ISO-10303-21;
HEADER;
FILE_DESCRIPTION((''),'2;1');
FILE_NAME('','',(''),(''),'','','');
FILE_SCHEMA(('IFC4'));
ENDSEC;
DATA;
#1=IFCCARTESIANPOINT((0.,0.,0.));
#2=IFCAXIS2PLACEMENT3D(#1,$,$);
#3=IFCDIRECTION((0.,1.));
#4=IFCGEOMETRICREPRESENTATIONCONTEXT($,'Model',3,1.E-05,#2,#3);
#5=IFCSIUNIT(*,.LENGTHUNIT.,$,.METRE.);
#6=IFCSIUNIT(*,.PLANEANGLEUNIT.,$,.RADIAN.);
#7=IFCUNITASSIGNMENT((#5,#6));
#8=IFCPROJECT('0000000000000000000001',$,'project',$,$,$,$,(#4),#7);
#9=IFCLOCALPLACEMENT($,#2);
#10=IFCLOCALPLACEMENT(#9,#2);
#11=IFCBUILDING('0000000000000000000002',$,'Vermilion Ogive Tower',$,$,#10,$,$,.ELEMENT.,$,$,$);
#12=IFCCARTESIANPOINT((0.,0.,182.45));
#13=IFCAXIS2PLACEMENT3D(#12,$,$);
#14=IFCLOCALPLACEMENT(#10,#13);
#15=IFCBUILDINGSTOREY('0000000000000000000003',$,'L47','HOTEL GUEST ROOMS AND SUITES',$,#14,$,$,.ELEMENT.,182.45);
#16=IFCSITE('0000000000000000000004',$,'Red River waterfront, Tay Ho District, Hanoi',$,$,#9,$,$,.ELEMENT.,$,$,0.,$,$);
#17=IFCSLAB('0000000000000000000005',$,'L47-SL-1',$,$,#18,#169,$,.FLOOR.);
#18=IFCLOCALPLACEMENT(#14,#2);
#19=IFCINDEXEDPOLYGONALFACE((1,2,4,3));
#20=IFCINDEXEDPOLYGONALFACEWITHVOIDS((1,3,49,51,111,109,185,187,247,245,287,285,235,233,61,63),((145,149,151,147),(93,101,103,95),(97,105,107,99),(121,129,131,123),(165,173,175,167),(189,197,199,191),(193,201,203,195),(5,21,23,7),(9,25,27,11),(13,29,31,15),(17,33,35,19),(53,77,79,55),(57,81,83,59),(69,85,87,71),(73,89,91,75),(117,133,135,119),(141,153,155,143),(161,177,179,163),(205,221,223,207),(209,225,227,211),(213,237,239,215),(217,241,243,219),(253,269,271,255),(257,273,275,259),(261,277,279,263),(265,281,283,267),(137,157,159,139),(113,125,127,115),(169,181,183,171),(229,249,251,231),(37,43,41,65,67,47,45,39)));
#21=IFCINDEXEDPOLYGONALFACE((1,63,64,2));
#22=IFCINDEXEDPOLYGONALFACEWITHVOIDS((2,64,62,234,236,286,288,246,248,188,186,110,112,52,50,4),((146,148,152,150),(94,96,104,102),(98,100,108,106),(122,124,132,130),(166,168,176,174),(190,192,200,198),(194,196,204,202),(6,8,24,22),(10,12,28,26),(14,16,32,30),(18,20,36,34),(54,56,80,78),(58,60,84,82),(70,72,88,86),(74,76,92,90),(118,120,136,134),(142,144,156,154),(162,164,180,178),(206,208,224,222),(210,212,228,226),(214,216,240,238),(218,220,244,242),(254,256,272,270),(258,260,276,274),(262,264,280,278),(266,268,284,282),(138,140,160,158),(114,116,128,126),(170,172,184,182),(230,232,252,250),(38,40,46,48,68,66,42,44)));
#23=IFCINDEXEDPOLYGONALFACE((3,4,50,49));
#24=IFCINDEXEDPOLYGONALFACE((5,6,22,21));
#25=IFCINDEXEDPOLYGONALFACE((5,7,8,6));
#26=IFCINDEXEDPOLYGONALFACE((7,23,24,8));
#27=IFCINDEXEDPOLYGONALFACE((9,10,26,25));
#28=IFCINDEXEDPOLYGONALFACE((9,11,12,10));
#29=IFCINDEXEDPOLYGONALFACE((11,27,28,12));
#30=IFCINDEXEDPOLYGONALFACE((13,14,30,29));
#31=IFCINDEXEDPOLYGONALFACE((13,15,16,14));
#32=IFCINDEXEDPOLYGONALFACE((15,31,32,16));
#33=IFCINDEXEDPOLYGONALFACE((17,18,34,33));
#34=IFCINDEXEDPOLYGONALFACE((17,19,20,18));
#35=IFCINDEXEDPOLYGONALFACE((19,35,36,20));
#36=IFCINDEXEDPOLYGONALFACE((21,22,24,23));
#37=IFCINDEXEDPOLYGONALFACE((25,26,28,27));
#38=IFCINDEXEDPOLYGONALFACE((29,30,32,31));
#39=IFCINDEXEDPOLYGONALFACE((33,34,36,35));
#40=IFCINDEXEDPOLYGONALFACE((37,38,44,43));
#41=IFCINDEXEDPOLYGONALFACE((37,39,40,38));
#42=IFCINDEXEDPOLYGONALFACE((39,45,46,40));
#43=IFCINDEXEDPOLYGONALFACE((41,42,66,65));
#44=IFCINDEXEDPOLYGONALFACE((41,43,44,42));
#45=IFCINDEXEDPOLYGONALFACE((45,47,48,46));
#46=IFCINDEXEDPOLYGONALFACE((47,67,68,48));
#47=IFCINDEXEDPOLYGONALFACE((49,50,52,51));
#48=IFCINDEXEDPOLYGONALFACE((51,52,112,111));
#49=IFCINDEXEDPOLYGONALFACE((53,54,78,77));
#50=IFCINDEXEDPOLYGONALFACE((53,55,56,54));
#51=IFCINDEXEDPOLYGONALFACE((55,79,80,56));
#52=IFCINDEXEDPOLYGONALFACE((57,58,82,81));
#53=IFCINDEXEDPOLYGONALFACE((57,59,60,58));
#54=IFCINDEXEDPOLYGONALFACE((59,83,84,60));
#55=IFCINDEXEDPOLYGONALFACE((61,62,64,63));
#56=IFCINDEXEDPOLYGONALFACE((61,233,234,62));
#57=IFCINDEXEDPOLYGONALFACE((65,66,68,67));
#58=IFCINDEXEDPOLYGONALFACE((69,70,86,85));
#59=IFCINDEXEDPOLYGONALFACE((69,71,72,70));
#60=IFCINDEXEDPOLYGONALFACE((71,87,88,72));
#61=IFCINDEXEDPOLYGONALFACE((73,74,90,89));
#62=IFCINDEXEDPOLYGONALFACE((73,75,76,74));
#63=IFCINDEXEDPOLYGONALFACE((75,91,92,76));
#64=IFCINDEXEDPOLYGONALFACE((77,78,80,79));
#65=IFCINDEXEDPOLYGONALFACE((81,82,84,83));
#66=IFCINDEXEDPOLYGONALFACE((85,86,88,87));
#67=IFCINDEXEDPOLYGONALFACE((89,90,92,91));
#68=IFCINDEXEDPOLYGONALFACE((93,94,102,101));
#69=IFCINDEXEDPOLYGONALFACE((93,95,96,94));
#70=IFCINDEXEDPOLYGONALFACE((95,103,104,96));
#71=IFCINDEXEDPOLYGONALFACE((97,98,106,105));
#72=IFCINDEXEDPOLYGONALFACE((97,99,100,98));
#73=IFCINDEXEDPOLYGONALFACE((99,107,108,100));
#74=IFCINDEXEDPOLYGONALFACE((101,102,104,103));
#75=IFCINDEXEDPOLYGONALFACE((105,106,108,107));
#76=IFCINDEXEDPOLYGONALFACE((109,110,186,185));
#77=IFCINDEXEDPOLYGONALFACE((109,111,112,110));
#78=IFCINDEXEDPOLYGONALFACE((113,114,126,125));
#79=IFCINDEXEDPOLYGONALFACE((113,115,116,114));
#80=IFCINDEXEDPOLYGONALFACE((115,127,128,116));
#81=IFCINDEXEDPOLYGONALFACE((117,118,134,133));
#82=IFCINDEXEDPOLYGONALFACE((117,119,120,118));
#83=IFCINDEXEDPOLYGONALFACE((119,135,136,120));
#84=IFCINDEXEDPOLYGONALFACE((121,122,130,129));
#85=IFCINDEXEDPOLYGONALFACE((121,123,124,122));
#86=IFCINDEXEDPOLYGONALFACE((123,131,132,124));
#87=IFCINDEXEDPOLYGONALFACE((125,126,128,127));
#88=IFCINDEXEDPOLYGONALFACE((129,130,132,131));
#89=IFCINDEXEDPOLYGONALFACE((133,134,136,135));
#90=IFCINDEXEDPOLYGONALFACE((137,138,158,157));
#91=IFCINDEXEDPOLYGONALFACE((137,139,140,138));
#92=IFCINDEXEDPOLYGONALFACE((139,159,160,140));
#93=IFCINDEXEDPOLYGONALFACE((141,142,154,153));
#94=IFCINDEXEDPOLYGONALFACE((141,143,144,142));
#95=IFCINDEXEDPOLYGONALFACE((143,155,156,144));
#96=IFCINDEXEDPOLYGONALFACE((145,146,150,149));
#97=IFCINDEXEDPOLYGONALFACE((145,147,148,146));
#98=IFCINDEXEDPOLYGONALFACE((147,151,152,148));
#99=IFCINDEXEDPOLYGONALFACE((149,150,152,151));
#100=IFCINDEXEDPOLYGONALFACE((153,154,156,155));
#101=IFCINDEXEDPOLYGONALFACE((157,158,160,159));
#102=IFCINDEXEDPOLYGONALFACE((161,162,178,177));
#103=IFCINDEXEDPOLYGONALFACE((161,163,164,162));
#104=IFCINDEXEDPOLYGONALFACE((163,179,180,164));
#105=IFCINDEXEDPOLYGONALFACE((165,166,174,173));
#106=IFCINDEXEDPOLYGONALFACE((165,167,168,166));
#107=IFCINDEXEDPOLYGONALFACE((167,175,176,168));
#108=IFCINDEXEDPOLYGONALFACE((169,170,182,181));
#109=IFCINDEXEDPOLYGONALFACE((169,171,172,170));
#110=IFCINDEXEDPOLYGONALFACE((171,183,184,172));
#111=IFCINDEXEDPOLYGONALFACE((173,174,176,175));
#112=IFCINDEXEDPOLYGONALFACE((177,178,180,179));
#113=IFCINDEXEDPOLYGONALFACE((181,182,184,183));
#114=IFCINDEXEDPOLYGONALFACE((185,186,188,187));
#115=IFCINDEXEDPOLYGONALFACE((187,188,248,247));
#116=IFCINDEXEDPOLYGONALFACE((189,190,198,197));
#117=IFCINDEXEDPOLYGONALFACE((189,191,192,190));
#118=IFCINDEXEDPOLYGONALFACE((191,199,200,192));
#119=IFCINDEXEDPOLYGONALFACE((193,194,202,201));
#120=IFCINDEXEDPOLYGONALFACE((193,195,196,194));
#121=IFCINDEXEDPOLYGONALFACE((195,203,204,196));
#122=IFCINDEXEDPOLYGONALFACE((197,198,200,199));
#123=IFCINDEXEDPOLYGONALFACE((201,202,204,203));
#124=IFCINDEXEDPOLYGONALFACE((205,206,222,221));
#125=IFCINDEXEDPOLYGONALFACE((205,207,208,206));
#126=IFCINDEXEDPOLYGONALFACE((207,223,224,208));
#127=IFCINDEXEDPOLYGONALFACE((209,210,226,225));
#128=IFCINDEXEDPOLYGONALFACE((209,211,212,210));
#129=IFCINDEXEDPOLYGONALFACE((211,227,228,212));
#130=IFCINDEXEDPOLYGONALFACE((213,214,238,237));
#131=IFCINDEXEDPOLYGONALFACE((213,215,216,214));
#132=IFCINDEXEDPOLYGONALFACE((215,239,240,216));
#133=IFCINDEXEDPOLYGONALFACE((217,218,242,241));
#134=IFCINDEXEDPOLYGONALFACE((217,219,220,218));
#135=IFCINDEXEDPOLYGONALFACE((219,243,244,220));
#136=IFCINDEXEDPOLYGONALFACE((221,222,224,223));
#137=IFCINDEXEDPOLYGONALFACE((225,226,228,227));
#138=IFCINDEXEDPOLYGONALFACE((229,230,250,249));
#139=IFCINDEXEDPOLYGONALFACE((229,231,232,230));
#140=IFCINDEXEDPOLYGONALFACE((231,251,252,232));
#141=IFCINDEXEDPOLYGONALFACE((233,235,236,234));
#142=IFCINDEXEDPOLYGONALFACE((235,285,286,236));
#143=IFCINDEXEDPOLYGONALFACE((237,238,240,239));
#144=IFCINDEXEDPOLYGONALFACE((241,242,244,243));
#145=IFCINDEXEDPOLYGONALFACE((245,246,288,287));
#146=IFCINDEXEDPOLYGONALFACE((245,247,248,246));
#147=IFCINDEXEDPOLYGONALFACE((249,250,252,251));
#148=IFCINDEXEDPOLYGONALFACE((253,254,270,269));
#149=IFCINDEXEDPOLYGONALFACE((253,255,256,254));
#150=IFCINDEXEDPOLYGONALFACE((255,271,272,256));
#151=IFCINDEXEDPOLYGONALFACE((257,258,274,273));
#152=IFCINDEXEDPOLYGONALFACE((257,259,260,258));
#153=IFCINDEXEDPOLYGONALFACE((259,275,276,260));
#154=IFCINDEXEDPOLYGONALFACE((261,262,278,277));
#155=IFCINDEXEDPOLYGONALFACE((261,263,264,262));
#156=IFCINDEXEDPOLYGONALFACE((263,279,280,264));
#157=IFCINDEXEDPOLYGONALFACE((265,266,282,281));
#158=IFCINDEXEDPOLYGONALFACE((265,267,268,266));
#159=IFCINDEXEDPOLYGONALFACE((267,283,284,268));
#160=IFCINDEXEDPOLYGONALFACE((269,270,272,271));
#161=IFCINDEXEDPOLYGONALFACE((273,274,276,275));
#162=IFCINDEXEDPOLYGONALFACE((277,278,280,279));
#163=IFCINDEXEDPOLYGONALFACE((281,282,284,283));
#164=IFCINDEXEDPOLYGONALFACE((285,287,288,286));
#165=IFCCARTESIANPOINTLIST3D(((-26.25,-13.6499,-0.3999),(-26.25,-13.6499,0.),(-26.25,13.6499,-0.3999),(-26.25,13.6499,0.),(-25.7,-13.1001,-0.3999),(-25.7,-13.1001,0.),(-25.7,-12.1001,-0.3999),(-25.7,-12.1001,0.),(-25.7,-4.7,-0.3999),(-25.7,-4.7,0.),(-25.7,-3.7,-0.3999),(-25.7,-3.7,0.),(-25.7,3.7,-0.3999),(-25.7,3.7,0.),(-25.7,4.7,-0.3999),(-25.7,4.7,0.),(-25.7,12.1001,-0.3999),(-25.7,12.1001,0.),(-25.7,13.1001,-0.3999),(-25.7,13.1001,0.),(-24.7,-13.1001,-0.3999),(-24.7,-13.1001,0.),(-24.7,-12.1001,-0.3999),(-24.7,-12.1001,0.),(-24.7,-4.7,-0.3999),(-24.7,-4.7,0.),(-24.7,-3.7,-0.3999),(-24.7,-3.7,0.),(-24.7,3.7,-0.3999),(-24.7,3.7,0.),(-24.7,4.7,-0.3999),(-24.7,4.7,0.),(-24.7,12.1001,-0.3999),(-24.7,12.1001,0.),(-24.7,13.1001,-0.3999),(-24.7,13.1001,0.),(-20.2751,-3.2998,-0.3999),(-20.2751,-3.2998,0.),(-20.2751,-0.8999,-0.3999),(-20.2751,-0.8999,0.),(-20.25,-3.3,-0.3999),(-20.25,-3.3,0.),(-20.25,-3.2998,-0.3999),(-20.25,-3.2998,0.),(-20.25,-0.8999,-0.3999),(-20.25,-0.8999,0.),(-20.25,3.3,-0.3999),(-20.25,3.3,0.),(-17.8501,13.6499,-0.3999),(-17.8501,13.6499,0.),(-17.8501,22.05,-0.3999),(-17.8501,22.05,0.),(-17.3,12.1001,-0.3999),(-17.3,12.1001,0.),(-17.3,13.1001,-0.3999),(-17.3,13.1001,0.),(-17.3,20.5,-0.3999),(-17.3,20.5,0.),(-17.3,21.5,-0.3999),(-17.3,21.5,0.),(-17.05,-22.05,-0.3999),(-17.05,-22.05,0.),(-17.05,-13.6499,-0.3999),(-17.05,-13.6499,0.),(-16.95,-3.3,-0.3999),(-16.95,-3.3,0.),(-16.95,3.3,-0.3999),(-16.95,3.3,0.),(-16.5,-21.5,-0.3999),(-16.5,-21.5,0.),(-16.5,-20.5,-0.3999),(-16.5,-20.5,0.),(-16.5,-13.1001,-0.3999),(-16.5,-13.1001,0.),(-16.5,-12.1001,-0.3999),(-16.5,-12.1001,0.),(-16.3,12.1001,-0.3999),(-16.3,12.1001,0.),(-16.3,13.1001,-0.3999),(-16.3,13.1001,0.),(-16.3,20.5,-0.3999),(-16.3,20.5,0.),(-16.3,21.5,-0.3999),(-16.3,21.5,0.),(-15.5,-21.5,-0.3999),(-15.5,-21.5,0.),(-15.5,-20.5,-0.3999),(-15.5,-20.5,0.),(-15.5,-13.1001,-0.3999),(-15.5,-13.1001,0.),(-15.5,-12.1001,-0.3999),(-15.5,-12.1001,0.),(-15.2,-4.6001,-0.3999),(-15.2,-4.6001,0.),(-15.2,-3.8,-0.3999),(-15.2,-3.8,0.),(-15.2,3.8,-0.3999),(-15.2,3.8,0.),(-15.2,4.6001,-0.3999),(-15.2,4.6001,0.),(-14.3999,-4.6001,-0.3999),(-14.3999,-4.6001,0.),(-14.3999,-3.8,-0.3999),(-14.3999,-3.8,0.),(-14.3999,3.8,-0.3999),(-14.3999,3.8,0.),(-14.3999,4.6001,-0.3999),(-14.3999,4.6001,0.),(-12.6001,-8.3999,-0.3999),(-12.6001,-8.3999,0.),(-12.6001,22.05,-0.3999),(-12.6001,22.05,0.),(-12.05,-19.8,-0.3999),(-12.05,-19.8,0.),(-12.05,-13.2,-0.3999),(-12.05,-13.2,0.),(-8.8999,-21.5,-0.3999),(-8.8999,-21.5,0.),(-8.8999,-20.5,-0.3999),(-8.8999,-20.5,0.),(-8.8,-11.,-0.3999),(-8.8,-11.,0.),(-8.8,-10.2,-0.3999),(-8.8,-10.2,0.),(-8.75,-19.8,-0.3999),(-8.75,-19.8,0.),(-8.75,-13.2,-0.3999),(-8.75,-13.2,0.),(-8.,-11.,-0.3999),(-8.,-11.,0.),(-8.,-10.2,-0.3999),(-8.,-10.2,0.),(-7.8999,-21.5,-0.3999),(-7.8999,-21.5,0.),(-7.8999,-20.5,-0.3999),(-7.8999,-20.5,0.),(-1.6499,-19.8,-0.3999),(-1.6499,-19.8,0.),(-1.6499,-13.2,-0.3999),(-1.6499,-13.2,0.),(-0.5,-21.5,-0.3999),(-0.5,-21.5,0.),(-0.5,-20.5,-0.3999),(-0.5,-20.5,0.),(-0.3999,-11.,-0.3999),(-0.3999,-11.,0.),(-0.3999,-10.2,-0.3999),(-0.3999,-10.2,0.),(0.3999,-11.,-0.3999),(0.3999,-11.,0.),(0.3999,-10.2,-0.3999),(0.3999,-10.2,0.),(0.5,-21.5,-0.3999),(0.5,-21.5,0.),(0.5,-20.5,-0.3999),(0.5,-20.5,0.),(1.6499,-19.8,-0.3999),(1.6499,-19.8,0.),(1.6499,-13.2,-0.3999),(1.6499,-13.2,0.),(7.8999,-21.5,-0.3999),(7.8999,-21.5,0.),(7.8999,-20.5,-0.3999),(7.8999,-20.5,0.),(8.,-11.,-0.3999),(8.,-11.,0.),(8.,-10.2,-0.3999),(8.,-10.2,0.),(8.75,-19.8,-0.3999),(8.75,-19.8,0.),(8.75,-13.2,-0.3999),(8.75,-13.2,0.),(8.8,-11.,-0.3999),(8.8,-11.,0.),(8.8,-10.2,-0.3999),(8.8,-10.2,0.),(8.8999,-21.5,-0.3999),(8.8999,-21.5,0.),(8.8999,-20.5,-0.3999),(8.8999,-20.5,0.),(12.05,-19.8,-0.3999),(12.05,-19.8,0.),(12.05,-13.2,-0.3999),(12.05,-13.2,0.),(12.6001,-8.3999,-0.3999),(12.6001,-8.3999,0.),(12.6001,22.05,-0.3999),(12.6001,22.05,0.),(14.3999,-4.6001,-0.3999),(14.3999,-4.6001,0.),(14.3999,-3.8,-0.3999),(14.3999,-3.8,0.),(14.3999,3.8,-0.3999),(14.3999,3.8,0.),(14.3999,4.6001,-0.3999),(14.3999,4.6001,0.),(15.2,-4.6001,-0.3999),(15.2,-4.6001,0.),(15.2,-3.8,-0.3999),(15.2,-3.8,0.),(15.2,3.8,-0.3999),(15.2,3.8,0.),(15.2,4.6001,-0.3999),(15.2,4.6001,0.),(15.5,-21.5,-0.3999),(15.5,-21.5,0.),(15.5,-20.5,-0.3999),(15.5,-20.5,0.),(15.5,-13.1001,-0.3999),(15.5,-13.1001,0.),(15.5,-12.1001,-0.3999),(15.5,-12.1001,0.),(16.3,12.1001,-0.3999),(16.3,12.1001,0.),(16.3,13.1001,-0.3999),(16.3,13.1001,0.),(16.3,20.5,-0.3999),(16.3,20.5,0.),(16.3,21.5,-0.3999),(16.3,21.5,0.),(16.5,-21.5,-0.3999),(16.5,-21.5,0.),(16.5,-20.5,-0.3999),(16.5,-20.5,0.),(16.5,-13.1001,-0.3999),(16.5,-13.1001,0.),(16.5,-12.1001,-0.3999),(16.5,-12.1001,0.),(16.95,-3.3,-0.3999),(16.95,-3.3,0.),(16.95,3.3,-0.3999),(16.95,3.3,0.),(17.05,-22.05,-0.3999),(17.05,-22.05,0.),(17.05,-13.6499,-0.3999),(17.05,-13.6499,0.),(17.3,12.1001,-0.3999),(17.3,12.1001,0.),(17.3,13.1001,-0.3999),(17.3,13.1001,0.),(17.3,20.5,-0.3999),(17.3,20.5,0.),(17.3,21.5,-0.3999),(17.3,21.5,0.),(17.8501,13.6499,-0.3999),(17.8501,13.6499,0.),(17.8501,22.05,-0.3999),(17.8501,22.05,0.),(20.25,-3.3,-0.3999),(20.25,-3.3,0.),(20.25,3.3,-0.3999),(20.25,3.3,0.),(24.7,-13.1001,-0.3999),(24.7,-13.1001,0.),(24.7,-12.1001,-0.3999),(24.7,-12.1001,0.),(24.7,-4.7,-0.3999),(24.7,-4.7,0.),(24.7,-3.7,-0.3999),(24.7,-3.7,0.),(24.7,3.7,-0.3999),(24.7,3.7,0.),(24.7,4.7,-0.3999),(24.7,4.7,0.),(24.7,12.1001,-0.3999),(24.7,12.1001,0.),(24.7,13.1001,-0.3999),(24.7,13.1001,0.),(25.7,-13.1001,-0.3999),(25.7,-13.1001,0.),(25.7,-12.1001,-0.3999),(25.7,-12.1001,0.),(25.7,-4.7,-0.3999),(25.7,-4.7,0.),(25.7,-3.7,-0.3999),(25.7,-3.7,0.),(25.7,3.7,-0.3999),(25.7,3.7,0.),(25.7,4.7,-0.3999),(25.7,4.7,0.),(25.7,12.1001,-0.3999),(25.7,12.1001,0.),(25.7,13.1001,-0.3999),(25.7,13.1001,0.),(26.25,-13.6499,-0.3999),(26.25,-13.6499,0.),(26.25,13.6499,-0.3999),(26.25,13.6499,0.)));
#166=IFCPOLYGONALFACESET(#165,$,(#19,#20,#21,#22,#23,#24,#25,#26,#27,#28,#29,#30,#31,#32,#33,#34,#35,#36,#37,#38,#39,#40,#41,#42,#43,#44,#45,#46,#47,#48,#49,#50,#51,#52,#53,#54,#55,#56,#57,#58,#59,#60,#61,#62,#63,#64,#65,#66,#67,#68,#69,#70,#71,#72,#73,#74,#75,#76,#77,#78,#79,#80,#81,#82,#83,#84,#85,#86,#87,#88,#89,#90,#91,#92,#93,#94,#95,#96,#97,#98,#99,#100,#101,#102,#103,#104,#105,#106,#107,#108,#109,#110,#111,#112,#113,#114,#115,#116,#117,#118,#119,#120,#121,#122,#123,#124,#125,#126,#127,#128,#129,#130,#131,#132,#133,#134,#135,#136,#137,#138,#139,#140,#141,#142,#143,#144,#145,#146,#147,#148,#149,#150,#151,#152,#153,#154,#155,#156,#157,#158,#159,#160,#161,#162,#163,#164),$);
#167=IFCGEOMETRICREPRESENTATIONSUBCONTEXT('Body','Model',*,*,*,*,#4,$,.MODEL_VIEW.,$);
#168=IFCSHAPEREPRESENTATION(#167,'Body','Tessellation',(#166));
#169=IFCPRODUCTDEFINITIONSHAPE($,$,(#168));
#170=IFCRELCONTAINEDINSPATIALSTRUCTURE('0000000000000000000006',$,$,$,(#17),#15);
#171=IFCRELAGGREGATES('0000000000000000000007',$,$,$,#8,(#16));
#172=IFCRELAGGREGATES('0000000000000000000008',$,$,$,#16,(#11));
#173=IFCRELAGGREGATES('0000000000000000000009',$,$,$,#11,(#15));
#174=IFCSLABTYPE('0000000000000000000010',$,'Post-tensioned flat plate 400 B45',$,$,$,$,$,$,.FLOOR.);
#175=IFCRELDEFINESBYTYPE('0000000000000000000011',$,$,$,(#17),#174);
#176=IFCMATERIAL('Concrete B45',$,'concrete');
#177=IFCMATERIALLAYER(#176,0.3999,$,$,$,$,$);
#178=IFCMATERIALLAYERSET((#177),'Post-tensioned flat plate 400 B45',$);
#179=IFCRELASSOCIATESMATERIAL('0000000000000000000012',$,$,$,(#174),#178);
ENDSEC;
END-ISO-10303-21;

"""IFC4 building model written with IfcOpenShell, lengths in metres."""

from ifc_helpers import new_model, si_unit, direction, frame, origin, place, context, subcontext, project, spatial, polyline, outline, extrude, material, layer, layer_set, type_object, element, save


model = new_model("IFC4")

# Units and contexts
model_context = context("Model", 3, precision=1e-05, world=origin(), true_north=direction((0.0, 1.0)))
body_context = subcontext(model_context, "Body", "Model", "MODEL_VIEW")
ifc_project = project(units=[si_unit("LENGTHUNIT", "METRE"), si_unit("PLANEANGLEUNIT", "RADIAN")], contexts=[model_context])

# Site, building, storey
site_placement = place(None, origin())
site = spatial("IfcSite", under=ifc_project, at=site_placement, Name="Red River waterfront, Tay Ho District, Hanoi", CompositionType="ELEMENT", RefElevation=0.0)
building_placement = place(site_placement, origin())
building = spatial("IfcBuilding", under=site, at=building_placement, Name="Vermilion Ogive Tower", CompositionType="ELEMENT")
storey_placement = place(building_placement, frame((0.0, 0.0, 182.45)))
storey = spatial("IfcBuildingStorey", under=building, at=storey_placement, Name="L47", Description="HOTEL GUEST ROOMS AND SUITES", CompositionType="ELEMENT", Elevation=182.45)

# Slab
ifc_material_1 = material(Name="Concrete B45", Category="concrete")
ifc_layer_1 = layer(ifc_material_1, 0.3999)
ifc_layer_set_1 = layer_set([ifc_layer_1], Name="Post-tensioned flat plate 400 B45")
slab_type = type_object("IfcSlabType", Name="Post-tensioned flat plate 400 B45", PredefinedType="FLOOR", material=ifc_layer_set_1)
slab_placement = place(storey_placement, frame((0.0, 0.0, -0.3999)))
element("IfcSlab", 1, at=slab_placement, inside=storey, type_object=slab_type, Name="L47-SL-1", PredefinedType="FLOOR", context=body_context, shape_type="SweptSolid", body=[
    extrude(outline(polyline([(-26.25, -13.6499), (-17.05, -13.6499), (-17.05, -22.05), (17.05, -22.05), (17.05, -13.6499), (26.25, -13.6499), (26.25, 13.6499), (17.8501, 13.6499), (17.8501, 22.05), (12.6001, 22.05), (12.6001, -8.3999), (-12.6001, -8.3999), (-12.6001, 22.05), (-17.8501, 22.05), (-17.8501, 13.6499), (-26.25, 13.6499), (-26.25, -13.6499)]), holes=[polyline([(25.7, -3.7), (25.7, -4.7), (24.7, -4.7), (24.7, -3.7), (25.7, -3.7)]), polyline([(25.7, -12.1001), (25.7, -13.1001), (24.7, -13.1001), (24.7, -12.1001), (25.7, -12.1001)]), polyline([(25.7, 12.1001), (24.7, 12.1001), (24.7, 13.1001), (25.7, 13.1001), (25.7, 12.1001)]), polyline([(25.7, 3.7), (24.7, 3.7), (24.7, 4.7), (25.7, 4.7), (25.7, 3.7)]), polyline([(20.25, 3.3), (20.25, -3.3), (16.95, -3.3), (16.95, 3.3), (20.25, 3.3)]), polyline([(17.3, 13.1001), (17.3, 12.1001), (16.3, 12.1001), (16.3, 13.1001), (17.3, 13.1001)]), polyline([(17.3, 20.5), (16.3, 20.5), (16.3, 21.5), (17.3, 21.5), (17.3, 20.5)]), polyline([(16.5, -12.1001), (16.5, -13.1001), (15.5, -13.1001), (15.5, -12.1001), (16.5, -12.1001)]), polyline([(16.5, -20.5), (16.5, -21.5), (15.5, -21.5), (15.5, -20.5), (16.5, -20.5)]), polyline([(15.2, 4.6001), (15.2, 3.8), (14.3999, 3.8), (14.3999, 4.6001), (15.2, 4.6001)]), polyline([(15.2, -4.6001), (14.3999, -4.6001), (14.3999, -3.8), (15.2, -3.8), (15.2, -4.6001)]), polyline([(12.05, -13.2), (12.05, -19.8), (8.75, -19.8), (8.75, -13.2), (12.05, -13.2)]), polyline([(8.8999, -20.5), (8.8999, -21.5), (7.8999, -21.5), (7.8999, -20.5), (8.8999, -20.5)]), polyline([(8.8, -11.0), (8.0, -11.0), (8.0, -10.2), (8.8, -10.2), (8.8, -11.0)]), polyline([(1.6499, -13.2), (1.6499, -19.8), (-1.6499, -19.8), (-1.6499, -13.2), (1.6499, -13.2)]), polyline([(0.5, -20.5), (0.5, -21.5), (-0.5, -21.5), (-0.5, -20.5), (0.5, -20.5)]), polyline([(0.3999, -10.2), (0.3999, -11.0), (-0.3999, -11.0), (-0.3999, -10.2), (0.3999, -10.2)]), polyline([(-7.8999, -20.5), (-7.8999, -21.5), (-8.8999, -21.5), (-8.8999, -20.5), (-7.8999, -20.5)]), polyline([(-8.0, -10.2), (-8.0, -11.0), (-8.8, -11.0), (-8.8, -10.2), (-8.0, -10.2)]), polyline([(-8.75, -13.2), (-8.75, -19.8), (-12.05, -19.8), (-12.05, -13.2), (-8.75, -13.2)]), polyline([(-14.3999, 4.6001), (-14.3999, 3.8), (-15.2, 3.8), (-15.2, 4.6001), (-14.3999, 4.6001)]), polyline([(-14.3999, -4.6001), (-15.2, -4.6001), (-15.2, -3.8), (-14.3999, -3.8), (-14.3999, -4.6001)]), polyline([(-15.5, -12.1001), (-15.5, -13.1001), (-16.5, -13.1001), (-16.5, -12.1001), (-15.5, -12.1001)]), polyline([(-15.5, -20.5), (-15.5, -21.5), (-16.5, -21.5), (-16.5, -20.5), (-15.5, -20.5)]), polyline([(-16.3, 13.1001), (-16.3, 12.1001), (-17.3, 12.1001), (-17.3, 13.1001), (-16.3, 13.1001)]), polyline([(-16.3, 20.5), (-17.3, 20.5), (-17.3, 21.5), (-16.3, 21.5), (-16.3, 20.5)]), polyline([(-16.95, 3.3), (-16.95, -3.3), (-20.25, -3.3), (-20.25, -3.2998), (-20.2751, -3.2998), (-20.2751, -0.8999), (-20.25, -0.8999), (-20.25, 3.3), (-16.95, 3.3)]), polyline([(-24.7, 3.7), (-25.7, 3.7), (-25.7, 4.7), (-24.7, 4.7), (-24.7, 3.7)]), polyline([(-24.7, 13.1001), (-24.7, 12.1001), (-25.7, 12.1001), (-25.7, 13.1001), (-24.7, 13.1001)]), polyline([(-24.7, -3.7), (-24.7, -4.7), (-25.7, -4.7), (-25.7, -3.7), (-24.7, -3.7)]), polyline([(-24.7, -12.1001), (-24.7, -13.1001), (-25.7, -13.1001), (-25.7, -12.1001), (-24.7, -12.1001)])]), origin(), (0.0, 0.0, 1.0), 0.3999),
])

save(model, "model.ifc")
